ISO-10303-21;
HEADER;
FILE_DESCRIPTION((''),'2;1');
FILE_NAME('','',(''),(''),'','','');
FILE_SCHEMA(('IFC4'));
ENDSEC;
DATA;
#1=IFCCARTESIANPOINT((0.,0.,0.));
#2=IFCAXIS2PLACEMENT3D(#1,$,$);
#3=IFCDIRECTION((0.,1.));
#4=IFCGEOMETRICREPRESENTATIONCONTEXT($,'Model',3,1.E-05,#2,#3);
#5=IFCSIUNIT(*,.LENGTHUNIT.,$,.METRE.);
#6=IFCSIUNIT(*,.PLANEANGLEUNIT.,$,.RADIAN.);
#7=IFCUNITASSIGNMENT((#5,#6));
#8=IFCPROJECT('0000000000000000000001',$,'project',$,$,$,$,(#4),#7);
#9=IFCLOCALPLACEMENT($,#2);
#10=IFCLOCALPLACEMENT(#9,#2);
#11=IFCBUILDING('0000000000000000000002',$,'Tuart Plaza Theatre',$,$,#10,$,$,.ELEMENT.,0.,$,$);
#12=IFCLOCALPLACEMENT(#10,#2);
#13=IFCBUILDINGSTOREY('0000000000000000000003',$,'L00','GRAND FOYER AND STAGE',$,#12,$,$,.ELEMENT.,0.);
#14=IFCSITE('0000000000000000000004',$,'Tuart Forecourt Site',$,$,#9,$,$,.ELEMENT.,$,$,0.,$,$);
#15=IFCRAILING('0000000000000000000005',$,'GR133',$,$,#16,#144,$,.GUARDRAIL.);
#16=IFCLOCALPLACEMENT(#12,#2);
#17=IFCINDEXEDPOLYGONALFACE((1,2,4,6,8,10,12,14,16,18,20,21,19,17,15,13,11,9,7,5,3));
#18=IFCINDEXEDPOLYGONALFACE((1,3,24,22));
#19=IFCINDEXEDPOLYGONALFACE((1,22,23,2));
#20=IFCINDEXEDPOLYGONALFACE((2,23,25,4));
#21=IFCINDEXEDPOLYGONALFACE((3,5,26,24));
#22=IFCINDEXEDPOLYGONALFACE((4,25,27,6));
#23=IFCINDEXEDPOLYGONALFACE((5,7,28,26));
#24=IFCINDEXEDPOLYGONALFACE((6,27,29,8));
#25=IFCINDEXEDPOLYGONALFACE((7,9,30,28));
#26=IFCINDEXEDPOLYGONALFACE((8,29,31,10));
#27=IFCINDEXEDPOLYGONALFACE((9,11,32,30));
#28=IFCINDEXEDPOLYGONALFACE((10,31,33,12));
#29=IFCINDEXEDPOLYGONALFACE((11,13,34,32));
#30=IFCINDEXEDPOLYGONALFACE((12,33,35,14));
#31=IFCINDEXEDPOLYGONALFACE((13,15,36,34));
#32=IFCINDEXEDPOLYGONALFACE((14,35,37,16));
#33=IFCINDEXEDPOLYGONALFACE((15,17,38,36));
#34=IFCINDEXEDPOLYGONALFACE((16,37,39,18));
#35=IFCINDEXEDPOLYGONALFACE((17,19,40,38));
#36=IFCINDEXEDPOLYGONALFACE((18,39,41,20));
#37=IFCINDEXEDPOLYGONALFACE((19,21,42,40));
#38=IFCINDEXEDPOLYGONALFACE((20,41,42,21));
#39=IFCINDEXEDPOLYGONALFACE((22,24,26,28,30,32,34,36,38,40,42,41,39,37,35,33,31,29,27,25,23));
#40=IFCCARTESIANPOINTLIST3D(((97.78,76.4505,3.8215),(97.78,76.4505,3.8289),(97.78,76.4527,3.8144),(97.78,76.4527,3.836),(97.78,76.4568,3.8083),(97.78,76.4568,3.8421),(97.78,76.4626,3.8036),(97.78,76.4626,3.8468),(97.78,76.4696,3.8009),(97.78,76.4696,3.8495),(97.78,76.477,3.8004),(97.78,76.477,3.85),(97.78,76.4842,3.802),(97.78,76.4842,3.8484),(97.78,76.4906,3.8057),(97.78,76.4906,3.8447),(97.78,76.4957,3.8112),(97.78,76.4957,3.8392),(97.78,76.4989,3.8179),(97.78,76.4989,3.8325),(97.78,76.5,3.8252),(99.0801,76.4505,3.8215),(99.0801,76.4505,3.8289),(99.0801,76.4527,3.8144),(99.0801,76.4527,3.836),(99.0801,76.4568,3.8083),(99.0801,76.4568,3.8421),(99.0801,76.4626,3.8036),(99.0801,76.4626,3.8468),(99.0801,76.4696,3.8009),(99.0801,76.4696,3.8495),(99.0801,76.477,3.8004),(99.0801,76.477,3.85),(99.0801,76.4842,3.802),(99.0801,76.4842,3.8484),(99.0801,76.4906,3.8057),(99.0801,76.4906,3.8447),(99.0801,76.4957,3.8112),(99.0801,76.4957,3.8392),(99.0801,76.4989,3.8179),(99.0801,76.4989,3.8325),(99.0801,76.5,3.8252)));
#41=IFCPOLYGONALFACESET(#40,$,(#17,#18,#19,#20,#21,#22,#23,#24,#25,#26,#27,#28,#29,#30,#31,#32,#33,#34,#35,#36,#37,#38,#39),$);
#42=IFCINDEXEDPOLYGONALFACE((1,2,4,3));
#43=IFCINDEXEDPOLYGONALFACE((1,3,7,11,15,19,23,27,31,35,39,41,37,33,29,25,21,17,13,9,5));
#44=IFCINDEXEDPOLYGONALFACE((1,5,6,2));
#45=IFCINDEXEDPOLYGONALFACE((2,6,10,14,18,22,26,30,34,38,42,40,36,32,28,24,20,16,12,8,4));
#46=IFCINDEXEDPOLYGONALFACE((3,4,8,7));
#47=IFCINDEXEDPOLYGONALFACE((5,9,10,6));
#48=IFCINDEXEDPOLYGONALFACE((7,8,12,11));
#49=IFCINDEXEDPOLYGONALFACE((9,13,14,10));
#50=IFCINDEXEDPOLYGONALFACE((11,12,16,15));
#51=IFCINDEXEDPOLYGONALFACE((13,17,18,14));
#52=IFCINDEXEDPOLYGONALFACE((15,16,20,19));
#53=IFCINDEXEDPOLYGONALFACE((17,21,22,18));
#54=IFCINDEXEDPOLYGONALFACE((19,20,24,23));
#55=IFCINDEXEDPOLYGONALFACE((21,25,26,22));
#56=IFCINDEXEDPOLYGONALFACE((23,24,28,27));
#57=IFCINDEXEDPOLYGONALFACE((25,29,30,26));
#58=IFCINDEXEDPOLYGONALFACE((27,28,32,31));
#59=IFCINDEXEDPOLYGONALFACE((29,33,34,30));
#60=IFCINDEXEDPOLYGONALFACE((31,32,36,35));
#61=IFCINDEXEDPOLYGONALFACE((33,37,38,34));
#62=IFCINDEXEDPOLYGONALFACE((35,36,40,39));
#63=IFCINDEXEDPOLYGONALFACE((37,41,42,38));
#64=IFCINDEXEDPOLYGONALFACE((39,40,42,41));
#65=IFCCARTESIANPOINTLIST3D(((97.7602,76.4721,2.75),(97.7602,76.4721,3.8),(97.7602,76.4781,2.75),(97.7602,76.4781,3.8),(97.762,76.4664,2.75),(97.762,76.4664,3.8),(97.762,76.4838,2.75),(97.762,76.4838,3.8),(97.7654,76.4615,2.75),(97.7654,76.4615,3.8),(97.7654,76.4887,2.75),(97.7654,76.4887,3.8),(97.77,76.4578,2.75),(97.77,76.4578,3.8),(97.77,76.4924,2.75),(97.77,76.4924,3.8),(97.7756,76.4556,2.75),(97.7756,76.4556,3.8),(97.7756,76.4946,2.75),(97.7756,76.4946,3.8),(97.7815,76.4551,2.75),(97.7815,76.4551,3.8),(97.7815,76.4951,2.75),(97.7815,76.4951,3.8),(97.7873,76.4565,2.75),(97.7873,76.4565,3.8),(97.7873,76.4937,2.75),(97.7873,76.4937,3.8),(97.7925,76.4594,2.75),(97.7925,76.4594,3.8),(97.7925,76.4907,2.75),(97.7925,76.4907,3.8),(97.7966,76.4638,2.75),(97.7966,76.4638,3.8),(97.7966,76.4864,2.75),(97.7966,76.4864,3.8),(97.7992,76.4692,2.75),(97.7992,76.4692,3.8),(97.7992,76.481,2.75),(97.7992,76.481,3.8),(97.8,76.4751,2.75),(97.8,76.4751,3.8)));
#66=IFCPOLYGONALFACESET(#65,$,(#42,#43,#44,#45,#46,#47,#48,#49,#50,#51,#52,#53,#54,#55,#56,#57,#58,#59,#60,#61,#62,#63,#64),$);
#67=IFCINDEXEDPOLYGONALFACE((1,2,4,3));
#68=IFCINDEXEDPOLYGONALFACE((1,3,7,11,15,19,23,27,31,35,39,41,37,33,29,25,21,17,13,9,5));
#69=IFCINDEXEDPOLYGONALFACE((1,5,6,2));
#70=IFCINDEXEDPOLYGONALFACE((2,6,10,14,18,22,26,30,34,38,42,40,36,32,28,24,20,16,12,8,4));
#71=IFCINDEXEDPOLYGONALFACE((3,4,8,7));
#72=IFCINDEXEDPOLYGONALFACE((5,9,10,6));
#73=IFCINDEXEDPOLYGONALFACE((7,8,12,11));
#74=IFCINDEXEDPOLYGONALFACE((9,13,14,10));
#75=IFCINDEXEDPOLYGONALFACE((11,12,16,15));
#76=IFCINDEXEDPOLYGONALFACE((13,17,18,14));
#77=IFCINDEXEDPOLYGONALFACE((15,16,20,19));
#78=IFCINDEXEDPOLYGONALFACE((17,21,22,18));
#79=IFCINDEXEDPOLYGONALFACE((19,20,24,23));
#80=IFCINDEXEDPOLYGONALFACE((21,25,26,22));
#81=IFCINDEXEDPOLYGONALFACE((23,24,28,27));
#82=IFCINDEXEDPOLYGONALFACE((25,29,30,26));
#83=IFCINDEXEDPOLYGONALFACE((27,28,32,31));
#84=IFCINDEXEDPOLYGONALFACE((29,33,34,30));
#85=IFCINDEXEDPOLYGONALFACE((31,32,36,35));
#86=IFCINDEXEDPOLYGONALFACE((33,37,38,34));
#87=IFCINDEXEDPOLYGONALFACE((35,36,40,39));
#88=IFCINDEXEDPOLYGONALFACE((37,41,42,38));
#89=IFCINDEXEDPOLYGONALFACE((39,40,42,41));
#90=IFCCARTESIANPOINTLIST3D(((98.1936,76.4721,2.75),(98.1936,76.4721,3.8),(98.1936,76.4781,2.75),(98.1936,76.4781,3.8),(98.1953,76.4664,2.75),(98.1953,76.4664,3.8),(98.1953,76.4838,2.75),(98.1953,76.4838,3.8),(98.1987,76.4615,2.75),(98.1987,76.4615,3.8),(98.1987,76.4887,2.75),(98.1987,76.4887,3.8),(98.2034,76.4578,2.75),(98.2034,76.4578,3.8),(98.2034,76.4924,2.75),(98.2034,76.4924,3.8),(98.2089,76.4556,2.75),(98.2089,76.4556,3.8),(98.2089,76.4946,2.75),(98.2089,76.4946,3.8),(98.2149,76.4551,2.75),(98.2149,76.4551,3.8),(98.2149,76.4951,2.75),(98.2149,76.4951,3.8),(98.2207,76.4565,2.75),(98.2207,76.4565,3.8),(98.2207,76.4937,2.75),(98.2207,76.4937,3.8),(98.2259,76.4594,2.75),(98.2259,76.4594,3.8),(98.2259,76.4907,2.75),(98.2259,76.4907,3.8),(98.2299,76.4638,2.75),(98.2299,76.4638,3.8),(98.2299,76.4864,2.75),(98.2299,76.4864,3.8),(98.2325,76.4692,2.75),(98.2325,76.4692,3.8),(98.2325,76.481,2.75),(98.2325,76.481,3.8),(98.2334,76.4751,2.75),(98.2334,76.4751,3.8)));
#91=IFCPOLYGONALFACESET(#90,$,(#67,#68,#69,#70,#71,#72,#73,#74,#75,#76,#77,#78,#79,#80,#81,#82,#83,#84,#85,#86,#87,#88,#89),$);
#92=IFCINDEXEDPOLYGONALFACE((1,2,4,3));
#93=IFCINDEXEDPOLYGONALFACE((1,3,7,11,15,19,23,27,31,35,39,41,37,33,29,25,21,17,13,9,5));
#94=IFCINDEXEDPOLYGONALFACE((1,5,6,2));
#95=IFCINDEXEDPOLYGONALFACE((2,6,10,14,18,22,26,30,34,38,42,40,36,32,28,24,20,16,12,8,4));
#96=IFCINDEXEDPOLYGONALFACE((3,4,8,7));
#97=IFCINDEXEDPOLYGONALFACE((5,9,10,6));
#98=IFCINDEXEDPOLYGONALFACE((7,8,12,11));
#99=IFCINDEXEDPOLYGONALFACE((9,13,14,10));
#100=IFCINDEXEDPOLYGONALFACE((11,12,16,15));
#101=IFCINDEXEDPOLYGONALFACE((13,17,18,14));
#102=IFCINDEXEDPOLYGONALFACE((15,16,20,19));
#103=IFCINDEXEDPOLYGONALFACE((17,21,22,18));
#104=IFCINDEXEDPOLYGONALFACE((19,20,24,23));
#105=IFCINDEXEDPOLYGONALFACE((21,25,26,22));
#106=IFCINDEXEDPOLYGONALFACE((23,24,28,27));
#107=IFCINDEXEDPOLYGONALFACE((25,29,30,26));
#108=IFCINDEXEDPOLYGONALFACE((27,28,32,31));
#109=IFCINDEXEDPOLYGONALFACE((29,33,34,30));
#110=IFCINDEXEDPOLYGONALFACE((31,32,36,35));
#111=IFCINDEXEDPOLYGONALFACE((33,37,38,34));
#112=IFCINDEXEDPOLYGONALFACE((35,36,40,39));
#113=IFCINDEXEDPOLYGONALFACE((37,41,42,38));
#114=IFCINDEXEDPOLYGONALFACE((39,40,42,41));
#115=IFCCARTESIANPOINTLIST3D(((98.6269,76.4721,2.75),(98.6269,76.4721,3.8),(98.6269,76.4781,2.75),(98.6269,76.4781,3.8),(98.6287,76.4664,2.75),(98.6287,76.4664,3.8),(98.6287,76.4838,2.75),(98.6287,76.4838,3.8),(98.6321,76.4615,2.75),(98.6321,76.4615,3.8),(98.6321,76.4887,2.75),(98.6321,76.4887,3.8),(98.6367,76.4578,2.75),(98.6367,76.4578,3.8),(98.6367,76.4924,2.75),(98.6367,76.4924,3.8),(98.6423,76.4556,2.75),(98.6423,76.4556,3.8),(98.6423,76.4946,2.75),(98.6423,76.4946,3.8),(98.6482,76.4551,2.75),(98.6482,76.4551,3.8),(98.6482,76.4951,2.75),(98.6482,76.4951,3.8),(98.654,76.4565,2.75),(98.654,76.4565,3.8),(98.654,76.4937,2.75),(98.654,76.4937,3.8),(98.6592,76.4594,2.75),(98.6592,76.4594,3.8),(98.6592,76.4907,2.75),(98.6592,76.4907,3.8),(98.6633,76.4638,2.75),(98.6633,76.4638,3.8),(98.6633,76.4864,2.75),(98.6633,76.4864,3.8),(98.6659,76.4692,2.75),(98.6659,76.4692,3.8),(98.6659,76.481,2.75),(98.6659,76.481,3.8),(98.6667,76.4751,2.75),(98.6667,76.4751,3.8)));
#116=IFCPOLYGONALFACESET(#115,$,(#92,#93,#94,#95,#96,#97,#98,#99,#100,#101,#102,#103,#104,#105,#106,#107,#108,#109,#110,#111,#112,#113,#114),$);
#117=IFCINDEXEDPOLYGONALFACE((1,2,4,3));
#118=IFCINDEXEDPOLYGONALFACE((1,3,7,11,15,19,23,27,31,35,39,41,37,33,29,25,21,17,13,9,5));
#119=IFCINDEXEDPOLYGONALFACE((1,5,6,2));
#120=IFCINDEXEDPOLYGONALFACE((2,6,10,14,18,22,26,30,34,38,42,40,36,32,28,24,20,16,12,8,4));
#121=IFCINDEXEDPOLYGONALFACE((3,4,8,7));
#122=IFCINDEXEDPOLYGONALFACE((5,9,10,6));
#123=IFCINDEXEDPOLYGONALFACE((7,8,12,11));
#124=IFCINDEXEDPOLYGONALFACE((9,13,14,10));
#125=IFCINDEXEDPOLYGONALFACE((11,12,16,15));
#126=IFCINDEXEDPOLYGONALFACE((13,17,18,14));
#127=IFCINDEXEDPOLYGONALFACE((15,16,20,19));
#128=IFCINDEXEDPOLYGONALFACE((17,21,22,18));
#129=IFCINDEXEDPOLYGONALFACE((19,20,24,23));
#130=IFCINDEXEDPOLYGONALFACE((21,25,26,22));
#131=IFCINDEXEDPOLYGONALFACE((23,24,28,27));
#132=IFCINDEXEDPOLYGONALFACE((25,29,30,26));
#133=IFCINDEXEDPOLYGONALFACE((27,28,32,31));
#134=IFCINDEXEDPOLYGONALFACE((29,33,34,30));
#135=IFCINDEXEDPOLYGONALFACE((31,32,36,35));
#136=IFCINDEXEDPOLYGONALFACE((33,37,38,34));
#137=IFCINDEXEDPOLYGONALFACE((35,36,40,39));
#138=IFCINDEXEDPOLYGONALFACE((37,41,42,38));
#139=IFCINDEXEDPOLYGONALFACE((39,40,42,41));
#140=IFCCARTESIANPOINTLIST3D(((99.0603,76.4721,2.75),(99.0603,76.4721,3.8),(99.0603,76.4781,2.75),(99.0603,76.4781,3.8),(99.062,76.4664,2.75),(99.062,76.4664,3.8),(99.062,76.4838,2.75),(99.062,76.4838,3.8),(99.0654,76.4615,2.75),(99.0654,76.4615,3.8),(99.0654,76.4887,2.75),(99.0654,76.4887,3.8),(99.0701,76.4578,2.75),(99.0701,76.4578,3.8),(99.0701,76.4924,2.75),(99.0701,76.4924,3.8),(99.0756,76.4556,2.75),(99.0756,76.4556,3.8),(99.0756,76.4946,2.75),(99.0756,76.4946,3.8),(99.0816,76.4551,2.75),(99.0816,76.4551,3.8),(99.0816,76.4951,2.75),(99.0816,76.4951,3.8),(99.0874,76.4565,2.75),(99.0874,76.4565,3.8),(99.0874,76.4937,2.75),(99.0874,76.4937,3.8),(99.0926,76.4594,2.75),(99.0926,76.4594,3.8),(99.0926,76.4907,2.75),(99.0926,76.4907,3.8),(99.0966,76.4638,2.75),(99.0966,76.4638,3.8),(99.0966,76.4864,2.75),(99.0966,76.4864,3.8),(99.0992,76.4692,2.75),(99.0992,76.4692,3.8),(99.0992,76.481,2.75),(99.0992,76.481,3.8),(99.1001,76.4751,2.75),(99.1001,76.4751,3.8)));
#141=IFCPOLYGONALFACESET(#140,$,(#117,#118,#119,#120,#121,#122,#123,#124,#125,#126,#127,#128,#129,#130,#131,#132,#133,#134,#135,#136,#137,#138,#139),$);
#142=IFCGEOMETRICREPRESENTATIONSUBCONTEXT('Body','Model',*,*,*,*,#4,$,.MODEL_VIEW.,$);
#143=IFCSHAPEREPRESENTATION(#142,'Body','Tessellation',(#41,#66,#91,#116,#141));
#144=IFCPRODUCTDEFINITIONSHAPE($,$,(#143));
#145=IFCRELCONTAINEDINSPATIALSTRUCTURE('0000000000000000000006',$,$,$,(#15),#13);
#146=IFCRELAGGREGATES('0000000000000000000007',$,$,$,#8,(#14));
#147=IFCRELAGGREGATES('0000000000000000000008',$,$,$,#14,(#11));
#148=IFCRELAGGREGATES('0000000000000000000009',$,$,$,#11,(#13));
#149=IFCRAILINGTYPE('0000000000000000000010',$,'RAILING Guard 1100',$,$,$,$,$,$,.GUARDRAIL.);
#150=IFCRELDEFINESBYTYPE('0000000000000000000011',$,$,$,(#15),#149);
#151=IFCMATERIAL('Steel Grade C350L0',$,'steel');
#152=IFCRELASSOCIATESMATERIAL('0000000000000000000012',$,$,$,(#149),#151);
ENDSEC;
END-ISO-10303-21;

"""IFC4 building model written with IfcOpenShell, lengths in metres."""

from ifc_helpers import new_model, si_unit, direction, frame, origin, origin_2d, place, context, subcontext, project, spatial, circle, extrude, material, type_object, element, save


model = new_model("IFC4")

# Units and contexts
model_context = context("Model", 3, precision=1e-05, world=origin(), true_north=direction((0.0, 1.0)))
body_context = subcontext(model_context, "Body", "Model", "MODEL_VIEW")
ifc_project = project(units=[si_unit("LENGTHUNIT", "METRE"), si_unit("PLANEANGLEUNIT", "RADIAN")], contexts=[model_context])

# Site, building, storey
site_placement = place(None, origin())
site = spatial("IfcSite", under=ifc_project, at=site_placement, Name="Tuart Forecourt Site", CompositionType="ELEMENT", RefElevation=0.0)
building_placement = place(site_placement, origin())
building = spatial("IfcBuilding", under=site, at=building_placement, Name="Tuart Plaza Theatre", CompositionType="ELEMENT", ElevationOfRefHeight=0.0)
storey_placement = place(building_placement, origin())
storey = spatial("IfcBuildingStorey", under=building, at=storey_placement, Name="L00", Description="GRAND FOYER AND STAGE", CompositionType="ELEMENT", Elevation=0.0)

# Railing
ifc_material_1 = material(Name="Steel Grade C350L0", Category="steel")
railing_type_1 = type_object("IfcRailingType", Name="RAILING Guard 1100", PredefinedType="GUARDRAIL", material=ifc_material_1)
railing_1_placement = place(storey_placement, frame((97.78, 76.4751, 2.75)))
element("IfcRailing", 1, at=railing_1_placement, inside=storey, type_object=railing_type_1, Name="GR133", PredefinedType="GUARDRAIL", context=body_context, shape_type="SweptSolid", body=[
    extrude(circle(Radius=0.0249, at=origin_2d()), frame((0.0, 0.0, 1.0752), z_axis=(1.0, 0.0, 0.0), x_axis=(0.0, 1.0, 0.0)), (0.0, 0.0, 1.0), 1.3),
    extrude(circle(Radius=0.02, at=origin_2d()), origin(), (0.0, 0.0, 1.0), 1.05),
    extrude(circle(Radius=0.02, at=origin_2d()), frame((0.4333, 0.0, 0.0)), (0.0, 0.0, 1.0), 1.05),
    extrude(circle(Radius=0.02, at=origin_2d()), frame((0.8667, 0.0, 0.0)), (0.0, 0.0, 1.0), 1.05),
    extrude(circle(Radius=0.02, at=origin_2d()), frame((1.3, 0.0, 0.0)), (0.0, 0.0, 1.0), 1.05),
])

save(model, "model.ifc")
